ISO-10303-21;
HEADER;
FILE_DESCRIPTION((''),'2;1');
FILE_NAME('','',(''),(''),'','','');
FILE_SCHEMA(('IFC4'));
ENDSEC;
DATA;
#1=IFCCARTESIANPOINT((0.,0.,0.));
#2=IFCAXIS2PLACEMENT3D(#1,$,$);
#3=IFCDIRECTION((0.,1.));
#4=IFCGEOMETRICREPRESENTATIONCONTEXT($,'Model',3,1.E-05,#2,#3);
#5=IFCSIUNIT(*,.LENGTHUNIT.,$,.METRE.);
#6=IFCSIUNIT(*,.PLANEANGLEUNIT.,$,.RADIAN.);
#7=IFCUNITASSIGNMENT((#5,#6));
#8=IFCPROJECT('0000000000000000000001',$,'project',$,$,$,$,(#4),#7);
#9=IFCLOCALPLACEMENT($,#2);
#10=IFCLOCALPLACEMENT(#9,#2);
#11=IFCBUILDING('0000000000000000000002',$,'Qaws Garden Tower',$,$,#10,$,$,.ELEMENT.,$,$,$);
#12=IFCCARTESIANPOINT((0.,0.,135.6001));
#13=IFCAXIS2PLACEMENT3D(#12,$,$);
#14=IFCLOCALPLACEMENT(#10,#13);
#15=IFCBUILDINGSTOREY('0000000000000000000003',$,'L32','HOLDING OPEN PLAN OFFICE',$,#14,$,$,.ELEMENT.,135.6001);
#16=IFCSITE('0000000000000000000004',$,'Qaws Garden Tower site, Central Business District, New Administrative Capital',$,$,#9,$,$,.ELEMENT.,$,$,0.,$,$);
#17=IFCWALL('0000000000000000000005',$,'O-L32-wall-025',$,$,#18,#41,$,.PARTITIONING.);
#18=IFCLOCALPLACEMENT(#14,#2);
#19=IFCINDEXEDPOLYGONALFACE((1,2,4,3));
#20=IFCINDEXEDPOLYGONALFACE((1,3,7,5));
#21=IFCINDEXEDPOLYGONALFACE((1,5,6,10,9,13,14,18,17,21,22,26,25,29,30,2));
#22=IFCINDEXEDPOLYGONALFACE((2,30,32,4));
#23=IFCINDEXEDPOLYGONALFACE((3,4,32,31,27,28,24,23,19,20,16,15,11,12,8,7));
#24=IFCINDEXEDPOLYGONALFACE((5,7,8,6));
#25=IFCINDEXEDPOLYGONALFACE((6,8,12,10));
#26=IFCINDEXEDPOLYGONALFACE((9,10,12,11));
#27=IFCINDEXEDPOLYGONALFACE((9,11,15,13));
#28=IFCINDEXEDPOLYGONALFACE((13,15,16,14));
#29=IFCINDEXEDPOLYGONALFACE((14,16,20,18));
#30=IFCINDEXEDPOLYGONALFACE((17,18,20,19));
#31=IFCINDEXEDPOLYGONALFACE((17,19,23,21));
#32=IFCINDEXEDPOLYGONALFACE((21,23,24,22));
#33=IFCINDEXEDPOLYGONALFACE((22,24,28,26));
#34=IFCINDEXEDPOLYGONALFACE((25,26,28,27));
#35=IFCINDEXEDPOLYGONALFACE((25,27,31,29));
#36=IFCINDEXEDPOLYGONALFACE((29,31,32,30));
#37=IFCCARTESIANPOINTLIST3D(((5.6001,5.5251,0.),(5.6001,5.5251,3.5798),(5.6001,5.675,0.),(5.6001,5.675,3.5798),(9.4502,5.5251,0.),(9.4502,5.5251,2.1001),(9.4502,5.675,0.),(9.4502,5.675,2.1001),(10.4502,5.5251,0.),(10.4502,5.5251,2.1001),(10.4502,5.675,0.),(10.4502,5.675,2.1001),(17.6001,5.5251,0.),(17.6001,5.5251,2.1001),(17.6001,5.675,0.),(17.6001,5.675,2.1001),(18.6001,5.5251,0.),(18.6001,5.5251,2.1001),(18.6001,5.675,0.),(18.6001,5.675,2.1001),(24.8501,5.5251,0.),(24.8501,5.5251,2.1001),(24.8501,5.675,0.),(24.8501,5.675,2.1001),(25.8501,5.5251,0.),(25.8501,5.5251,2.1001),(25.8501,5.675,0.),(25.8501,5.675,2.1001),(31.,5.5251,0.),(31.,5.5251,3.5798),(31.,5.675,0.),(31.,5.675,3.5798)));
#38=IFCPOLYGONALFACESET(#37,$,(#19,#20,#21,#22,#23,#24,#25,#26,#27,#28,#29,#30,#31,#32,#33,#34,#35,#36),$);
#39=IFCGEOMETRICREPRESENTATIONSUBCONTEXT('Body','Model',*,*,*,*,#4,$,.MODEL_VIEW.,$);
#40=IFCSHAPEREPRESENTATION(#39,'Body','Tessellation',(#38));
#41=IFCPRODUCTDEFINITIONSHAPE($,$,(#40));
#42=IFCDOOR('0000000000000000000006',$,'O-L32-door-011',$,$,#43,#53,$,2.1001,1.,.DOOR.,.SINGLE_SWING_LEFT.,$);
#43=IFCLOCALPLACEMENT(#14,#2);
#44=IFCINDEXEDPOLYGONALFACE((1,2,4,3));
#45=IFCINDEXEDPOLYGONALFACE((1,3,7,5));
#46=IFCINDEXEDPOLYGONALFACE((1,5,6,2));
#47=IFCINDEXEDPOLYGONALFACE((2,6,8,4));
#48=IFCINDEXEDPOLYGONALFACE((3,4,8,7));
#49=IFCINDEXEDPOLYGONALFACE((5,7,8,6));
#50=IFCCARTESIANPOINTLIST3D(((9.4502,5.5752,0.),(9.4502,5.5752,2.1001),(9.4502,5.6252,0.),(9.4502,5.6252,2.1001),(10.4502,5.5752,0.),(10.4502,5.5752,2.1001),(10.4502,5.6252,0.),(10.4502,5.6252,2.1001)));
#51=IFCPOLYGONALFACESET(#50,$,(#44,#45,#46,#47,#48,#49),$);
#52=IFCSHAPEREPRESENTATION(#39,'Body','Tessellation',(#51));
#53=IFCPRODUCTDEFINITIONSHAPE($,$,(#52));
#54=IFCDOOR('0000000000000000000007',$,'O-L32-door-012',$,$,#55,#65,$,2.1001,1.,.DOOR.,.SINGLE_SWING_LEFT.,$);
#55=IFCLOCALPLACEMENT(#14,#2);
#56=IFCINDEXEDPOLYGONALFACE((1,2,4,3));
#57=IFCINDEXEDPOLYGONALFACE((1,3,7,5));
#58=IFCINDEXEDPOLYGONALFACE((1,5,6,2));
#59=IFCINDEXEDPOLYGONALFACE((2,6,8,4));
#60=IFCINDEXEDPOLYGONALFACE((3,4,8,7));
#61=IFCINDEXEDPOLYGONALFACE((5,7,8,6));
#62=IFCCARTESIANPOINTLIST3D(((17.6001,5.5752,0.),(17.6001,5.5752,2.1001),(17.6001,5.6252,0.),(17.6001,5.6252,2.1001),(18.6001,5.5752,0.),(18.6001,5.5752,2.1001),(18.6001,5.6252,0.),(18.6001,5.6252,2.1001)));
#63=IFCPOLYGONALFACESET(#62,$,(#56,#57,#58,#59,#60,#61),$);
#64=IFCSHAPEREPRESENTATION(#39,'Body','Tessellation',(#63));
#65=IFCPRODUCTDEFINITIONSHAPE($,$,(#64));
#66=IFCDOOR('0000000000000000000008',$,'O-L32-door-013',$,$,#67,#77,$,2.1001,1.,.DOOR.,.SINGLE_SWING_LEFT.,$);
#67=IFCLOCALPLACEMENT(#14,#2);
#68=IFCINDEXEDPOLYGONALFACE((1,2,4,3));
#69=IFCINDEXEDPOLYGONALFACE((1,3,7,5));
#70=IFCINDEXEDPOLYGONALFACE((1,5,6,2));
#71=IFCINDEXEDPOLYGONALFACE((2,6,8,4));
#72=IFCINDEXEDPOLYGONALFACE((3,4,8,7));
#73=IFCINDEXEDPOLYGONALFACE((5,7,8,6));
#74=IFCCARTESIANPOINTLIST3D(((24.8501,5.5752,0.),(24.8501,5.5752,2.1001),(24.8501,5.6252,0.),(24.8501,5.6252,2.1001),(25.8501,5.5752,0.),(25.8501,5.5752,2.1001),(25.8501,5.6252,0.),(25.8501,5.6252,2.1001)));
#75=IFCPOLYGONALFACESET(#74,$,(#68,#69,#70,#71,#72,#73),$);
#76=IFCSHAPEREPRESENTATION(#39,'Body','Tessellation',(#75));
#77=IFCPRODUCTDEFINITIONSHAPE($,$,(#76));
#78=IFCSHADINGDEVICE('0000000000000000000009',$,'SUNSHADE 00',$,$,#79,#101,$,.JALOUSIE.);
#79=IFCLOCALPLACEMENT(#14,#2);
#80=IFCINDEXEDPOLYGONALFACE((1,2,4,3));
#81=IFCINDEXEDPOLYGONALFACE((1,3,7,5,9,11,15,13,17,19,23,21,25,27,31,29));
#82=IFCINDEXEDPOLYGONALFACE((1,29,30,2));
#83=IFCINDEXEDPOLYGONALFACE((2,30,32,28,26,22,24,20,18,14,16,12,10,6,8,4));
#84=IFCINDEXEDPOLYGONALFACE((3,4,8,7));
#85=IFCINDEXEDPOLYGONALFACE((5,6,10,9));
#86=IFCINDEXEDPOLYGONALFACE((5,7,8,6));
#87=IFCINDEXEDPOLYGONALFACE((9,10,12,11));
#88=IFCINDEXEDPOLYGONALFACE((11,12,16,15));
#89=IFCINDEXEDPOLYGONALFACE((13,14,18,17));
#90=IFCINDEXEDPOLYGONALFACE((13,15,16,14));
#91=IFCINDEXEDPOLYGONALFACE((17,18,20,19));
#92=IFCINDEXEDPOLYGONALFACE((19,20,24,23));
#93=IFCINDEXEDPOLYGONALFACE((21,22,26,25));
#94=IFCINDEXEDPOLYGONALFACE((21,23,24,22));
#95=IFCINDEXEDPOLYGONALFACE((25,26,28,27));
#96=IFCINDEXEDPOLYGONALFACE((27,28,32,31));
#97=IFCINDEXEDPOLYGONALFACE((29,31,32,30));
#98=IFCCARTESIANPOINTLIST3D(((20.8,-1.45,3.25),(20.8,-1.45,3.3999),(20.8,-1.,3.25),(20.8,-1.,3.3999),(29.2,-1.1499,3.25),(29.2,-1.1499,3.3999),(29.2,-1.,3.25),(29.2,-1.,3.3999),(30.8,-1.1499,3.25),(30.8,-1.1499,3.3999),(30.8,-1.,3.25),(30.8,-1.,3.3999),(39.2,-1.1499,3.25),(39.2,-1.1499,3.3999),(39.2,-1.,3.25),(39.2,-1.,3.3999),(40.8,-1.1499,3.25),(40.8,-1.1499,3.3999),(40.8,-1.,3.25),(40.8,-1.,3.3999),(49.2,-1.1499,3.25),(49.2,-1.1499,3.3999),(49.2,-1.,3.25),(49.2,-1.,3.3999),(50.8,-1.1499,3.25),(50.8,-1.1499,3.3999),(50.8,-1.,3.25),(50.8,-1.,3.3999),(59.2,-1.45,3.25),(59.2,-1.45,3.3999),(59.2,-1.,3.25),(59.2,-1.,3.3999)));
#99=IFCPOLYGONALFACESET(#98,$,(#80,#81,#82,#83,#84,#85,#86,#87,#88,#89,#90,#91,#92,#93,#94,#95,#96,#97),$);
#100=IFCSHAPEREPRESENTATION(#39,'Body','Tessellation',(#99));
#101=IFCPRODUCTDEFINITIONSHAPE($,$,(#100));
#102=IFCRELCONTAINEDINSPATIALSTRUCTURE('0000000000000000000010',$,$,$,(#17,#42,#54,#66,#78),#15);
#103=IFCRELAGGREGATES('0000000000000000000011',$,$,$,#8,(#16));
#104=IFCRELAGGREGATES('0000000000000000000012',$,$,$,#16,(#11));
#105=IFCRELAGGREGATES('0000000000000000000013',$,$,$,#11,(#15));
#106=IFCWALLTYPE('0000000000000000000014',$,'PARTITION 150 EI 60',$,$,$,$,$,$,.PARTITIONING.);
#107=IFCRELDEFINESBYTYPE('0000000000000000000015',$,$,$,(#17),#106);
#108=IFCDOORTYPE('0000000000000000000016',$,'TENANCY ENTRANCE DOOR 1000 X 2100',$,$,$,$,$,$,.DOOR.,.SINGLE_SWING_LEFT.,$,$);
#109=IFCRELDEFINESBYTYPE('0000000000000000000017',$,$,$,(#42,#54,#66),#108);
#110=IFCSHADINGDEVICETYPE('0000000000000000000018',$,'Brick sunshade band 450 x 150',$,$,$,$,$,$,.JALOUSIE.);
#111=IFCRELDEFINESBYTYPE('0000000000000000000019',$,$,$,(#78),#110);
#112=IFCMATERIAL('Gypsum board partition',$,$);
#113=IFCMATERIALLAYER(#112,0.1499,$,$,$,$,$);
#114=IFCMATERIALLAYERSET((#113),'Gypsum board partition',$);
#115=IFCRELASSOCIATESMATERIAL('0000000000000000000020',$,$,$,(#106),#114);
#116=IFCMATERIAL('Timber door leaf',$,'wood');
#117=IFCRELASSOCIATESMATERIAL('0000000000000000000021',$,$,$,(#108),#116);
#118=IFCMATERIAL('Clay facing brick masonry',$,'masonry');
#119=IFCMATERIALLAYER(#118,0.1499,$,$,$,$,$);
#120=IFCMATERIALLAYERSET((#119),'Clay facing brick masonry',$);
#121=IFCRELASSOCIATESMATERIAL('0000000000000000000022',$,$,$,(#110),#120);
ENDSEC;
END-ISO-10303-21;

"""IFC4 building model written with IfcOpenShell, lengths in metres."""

from ifc_helpers import new_model, si_unit, direction, frame, frame_2d, origin, place, context, subcontext, project, spatial, polyline, rectangle, outline, extrude, material, layer, layer_set, type_object, element, fill, save


model = new_model("IFC4")

# Units and contexts
model_context = context("Model", 3, precision=1e-05, world=origin(), true_north=direction((0.0, 1.0)))
body_context = subcontext(model_context, "Body", "Model", "MODEL_VIEW")
ifc_project = project(units=[si_unit("LENGTHUNIT", "METRE"), si_unit("PLANEANGLEUNIT", "RADIAN")], contexts=[model_context])

# Site, building, storey
site_placement = place(None, origin())
site = spatial("IfcSite", under=ifc_project, at=site_placement, Name="Qaws Garden Tower site, Central Business District, New Administrative Capital", CompositionType="ELEMENT", RefElevation=0.0)
building_placement = place(site_placement, origin())
building = spatial("IfcBuilding", under=site, at=building_placement, Name="Qaws Garden Tower", CompositionType="ELEMENT")
storey_placement = place(building_placement, frame((0.0, 0.0, 135.6001)))
storey = spatial("IfcBuildingStorey", under=building, at=storey_placement, Name="L32", Description="HOLDING OPEN PLAN OFFICE", CompositionType="ELEMENT", Elevation=135.6001)

# Wall, openings, doors
ifc_material_1 = material(Name="Gypsum board partition")
ifc_layer_1 = layer(ifc_material_1, 0.1499)
ifc_layer_set_1 = layer_set([ifc_layer_1], Name="Gypsum board partition")
wall_type_1 = type_object("IfcWallType", Name="PARTITION 150 EI 60", PredefinedType="PARTITIONING", material=ifc_layer_set_1)
ifc_material_2 = material(Name="Timber door leaf", Category="wood")
door_type_1 = type_object("IfcDoorType", Name="TENANCY ENTRANCE DOOR 1000 X 2100", OperationType="SINGLE_SWING_LEFT", PredefinedType="DOOR", material=ifc_material_2)
wall_1_placement = place(storey_placement, frame((5.6001, 5.6001, 0.0), z_axis=(0.0, 0.0, 1.0), x_axis=(1.0, 0.0, 0.0)))
wall_1 = element("IfcWall", 1, at=wall_1_placement, inside=storey, type_object=wall_type_1, Name="O-L32-wall-025", PredefinedType="PARTITIONING", context=body_context, shape_type="SweptSolid", body=[
    extrude(rectangle(XDim=25.3999, YDim=0.1499, at=frame_2d((12.7, 0.0))), origin(), (0.0, 0.0, 1.0), 3.5798),
])
opening_1_placement = place(wall_1_placement, frame((3.8501, 0.0, 0.0)))
opening_1 = element("IfcOpeningElement", 2, at=opening_1_placement, cuts=wall_1, PredefinedType="OPENING", context=body_context, shape_type="SweptSolid", body=[
    extrude(rectangle(XDim=1.0, YDim=2.1001, at=frame_2d((0.5, 1.05))), frame((0.0, 0.085, 0.0), z_axis=(0.0, -1.0, 0.0), x_axis=(1.0, 0.0, 0.0)), (0.0, 0.0, 1.0), 0.1699),
])
opening_2_placement = place(wall_1_placement, frame((12.0, 0.0, 0.0)))
opening_2 = element("IfcOpeningElement", 3, at=opening_2_placement, cuts=wall_1, PredefinedType="OPENING", context=body_context, shape_type="SweptSolid", body=[
    extrude(rectangle(XDim=1.0, YDim=2.1001, at=frame_2d((0.5, 1.05))), frame((0.0, 0.085, 0.0), z_axis=(0.0, -1.0, 0.0), x_axis=(1.0, 0.0, 0.0)), (0.0, 0.0, 1.0), 0.1699),
])
opening_3_placement = place(wall_1_placement, frame((19.25, 0.0, 0.0)))
opening_3 = element("IfcOpeningElement", 4, at=opening_3_placement, cuts=wall_1, PredefinedType="OPENING", context=body_context, shape_type="SweptSolid", body=[
    extrude(rectangle(XDim=1.0, YDim=2.1001, at=frame_2d((0.5, 1.05))), frame((0.0, 0.085, 0.0), z_axis=(0.0, -1.0, 0.0), x_axis=(1.0, 0.0, 0.0)), (0.0, 0.0, 1.0), 0.1699),
])
door_1_placement = place(opening_1_placement, frame((1.0, 0.0, 0.0), z_axis=(0.0, 0.0, 1.0), x_axis=(-1.0, 0.0, 0.0)))
door_1 = element("IfcDoor", 5, at=door_1_placement, inside=storey, type_object=door_type_1, Name="O-L32-door-011", OperationType="SINGLE_SWING_LEFT", OverallHeight=2.1001, OverallWidth=1.0, PredefinedType="DOOR", context=body_context, shape_type="SweptSolid", body=[
    extrude(rectangle(XDim=1.0, YDim=2.1001, at=frame_2d((0.5, 1.05))), frame((0.0, 0.0249, 0.0), z_axis=(0.0, -1.0, 0.0), x_axis=(1.0, 0.0, 0.0)), (0.0, 0.0, 1.0), 0.05),
])
fill(opening_1, door_1)
door_2_placement = place(opening_2_placement, frame((1.0, 0.0, 0.0), z_axis=(0.0, 0.0, 1.0), x_axis=(-1.0, 0.0, 0.0)))
door_2 = element("IfcDoor", 6, at=door_2_placement, inside=storey, type_object=door_type_1, Name="O-L32-door-012", OperationType="SINGLE_SWING_LEFT", OverallHeight=2.1001, OverallWidth=1.0, PredefinedType="DOOR", context=body_context, shape_type="SweptSolid", body=[
    extrude(rectangle(XDim=1.0, YDim=2.1001, at=frame_2d((0.5, 1.05))), frame((0.0, 0.0249, 0.0), z_axis=(0.0, -1.0, 0.0), x_axis=(1.0, 0.0, 0.0)), (0.0, 0.0, 1.0), 0.05),
])
fill(opening_2, door_2)
door_3_placement = place(opening_3_placement, frame((1.0, 0.0, 0.0), z_axis=(0.0, 0.0, 1.0), x_axis=(-1.0, 0.0, 0.0)))
door_3 = element("IfcDoor", 7, at=door_3_placement, inside=storey, type_object=door_type_1, Name="O-L32-door-013", OperationType="SINGLE_SWING_LEFT", OverallHeight=2.1001, OverallWidth=1.0, PredefinedType="DOOR", context=body_context, shape_type="SweptSolid", body=[
    extrude(rectangle(XDim=1.0, YDim=2.1001, at=frame_2d((0.5, 1.05))), frame((0.0, 0.0249, 0.0), z_axis=(0.0, -1.0, 0.0), x_axis=(1.0, 0.0, 0.0)), (0.0, 0.0, 1.0), 0.05),
])
fill(opening_3, door_3)

# Shading device
ifc_material_3 = material(Name="Clay facing brick masonry", Category="masonry")
ifc_layer_2 = layer(ifc_material_3, 0.1499)
ifc_layer_set_2 = layer_set([ifc_layer_2], Name="Clay facing brick masonry")
shading_device_type = type_object("IfcShadingDeviceType", Name="Brick sunshade band 450 x 150", PredefinedType="JALOUSIE", material=ifc_layer_set_2)
shading_device_placement = place(storey_placement, frame((0.0, 0.0, 3.25)))
element("IfcShadingDevice", 8, at=shading_device_placement, inside=storey, type_object=shading_device_type, Name="SUNSHADE 00", PredefinedType="JALOUSIE", context=body_context, shape_type="SweptSolid", body=[
    extrude(outline(polyline([(20.8, -1.0), (20.8, -1.45), (59.2, -1.45), (59.2, -1.0), (50.8, -1.0), (50.8, -1.1499), (49.2, -1.1499), (49.2, -1.0), (40.8, -1.0), (40.8, -1.1499), (39.2, -1.1499), (39.2, -1.0), (30.8, -1.0), (30.8, -1.1499), (29.2, -1.1499), (29.2, -1.0), (20.8, -1.0)])), origin(), (0.0, 0.0, 1.0), 0.1499),
])

save(model, "model.ifc")
